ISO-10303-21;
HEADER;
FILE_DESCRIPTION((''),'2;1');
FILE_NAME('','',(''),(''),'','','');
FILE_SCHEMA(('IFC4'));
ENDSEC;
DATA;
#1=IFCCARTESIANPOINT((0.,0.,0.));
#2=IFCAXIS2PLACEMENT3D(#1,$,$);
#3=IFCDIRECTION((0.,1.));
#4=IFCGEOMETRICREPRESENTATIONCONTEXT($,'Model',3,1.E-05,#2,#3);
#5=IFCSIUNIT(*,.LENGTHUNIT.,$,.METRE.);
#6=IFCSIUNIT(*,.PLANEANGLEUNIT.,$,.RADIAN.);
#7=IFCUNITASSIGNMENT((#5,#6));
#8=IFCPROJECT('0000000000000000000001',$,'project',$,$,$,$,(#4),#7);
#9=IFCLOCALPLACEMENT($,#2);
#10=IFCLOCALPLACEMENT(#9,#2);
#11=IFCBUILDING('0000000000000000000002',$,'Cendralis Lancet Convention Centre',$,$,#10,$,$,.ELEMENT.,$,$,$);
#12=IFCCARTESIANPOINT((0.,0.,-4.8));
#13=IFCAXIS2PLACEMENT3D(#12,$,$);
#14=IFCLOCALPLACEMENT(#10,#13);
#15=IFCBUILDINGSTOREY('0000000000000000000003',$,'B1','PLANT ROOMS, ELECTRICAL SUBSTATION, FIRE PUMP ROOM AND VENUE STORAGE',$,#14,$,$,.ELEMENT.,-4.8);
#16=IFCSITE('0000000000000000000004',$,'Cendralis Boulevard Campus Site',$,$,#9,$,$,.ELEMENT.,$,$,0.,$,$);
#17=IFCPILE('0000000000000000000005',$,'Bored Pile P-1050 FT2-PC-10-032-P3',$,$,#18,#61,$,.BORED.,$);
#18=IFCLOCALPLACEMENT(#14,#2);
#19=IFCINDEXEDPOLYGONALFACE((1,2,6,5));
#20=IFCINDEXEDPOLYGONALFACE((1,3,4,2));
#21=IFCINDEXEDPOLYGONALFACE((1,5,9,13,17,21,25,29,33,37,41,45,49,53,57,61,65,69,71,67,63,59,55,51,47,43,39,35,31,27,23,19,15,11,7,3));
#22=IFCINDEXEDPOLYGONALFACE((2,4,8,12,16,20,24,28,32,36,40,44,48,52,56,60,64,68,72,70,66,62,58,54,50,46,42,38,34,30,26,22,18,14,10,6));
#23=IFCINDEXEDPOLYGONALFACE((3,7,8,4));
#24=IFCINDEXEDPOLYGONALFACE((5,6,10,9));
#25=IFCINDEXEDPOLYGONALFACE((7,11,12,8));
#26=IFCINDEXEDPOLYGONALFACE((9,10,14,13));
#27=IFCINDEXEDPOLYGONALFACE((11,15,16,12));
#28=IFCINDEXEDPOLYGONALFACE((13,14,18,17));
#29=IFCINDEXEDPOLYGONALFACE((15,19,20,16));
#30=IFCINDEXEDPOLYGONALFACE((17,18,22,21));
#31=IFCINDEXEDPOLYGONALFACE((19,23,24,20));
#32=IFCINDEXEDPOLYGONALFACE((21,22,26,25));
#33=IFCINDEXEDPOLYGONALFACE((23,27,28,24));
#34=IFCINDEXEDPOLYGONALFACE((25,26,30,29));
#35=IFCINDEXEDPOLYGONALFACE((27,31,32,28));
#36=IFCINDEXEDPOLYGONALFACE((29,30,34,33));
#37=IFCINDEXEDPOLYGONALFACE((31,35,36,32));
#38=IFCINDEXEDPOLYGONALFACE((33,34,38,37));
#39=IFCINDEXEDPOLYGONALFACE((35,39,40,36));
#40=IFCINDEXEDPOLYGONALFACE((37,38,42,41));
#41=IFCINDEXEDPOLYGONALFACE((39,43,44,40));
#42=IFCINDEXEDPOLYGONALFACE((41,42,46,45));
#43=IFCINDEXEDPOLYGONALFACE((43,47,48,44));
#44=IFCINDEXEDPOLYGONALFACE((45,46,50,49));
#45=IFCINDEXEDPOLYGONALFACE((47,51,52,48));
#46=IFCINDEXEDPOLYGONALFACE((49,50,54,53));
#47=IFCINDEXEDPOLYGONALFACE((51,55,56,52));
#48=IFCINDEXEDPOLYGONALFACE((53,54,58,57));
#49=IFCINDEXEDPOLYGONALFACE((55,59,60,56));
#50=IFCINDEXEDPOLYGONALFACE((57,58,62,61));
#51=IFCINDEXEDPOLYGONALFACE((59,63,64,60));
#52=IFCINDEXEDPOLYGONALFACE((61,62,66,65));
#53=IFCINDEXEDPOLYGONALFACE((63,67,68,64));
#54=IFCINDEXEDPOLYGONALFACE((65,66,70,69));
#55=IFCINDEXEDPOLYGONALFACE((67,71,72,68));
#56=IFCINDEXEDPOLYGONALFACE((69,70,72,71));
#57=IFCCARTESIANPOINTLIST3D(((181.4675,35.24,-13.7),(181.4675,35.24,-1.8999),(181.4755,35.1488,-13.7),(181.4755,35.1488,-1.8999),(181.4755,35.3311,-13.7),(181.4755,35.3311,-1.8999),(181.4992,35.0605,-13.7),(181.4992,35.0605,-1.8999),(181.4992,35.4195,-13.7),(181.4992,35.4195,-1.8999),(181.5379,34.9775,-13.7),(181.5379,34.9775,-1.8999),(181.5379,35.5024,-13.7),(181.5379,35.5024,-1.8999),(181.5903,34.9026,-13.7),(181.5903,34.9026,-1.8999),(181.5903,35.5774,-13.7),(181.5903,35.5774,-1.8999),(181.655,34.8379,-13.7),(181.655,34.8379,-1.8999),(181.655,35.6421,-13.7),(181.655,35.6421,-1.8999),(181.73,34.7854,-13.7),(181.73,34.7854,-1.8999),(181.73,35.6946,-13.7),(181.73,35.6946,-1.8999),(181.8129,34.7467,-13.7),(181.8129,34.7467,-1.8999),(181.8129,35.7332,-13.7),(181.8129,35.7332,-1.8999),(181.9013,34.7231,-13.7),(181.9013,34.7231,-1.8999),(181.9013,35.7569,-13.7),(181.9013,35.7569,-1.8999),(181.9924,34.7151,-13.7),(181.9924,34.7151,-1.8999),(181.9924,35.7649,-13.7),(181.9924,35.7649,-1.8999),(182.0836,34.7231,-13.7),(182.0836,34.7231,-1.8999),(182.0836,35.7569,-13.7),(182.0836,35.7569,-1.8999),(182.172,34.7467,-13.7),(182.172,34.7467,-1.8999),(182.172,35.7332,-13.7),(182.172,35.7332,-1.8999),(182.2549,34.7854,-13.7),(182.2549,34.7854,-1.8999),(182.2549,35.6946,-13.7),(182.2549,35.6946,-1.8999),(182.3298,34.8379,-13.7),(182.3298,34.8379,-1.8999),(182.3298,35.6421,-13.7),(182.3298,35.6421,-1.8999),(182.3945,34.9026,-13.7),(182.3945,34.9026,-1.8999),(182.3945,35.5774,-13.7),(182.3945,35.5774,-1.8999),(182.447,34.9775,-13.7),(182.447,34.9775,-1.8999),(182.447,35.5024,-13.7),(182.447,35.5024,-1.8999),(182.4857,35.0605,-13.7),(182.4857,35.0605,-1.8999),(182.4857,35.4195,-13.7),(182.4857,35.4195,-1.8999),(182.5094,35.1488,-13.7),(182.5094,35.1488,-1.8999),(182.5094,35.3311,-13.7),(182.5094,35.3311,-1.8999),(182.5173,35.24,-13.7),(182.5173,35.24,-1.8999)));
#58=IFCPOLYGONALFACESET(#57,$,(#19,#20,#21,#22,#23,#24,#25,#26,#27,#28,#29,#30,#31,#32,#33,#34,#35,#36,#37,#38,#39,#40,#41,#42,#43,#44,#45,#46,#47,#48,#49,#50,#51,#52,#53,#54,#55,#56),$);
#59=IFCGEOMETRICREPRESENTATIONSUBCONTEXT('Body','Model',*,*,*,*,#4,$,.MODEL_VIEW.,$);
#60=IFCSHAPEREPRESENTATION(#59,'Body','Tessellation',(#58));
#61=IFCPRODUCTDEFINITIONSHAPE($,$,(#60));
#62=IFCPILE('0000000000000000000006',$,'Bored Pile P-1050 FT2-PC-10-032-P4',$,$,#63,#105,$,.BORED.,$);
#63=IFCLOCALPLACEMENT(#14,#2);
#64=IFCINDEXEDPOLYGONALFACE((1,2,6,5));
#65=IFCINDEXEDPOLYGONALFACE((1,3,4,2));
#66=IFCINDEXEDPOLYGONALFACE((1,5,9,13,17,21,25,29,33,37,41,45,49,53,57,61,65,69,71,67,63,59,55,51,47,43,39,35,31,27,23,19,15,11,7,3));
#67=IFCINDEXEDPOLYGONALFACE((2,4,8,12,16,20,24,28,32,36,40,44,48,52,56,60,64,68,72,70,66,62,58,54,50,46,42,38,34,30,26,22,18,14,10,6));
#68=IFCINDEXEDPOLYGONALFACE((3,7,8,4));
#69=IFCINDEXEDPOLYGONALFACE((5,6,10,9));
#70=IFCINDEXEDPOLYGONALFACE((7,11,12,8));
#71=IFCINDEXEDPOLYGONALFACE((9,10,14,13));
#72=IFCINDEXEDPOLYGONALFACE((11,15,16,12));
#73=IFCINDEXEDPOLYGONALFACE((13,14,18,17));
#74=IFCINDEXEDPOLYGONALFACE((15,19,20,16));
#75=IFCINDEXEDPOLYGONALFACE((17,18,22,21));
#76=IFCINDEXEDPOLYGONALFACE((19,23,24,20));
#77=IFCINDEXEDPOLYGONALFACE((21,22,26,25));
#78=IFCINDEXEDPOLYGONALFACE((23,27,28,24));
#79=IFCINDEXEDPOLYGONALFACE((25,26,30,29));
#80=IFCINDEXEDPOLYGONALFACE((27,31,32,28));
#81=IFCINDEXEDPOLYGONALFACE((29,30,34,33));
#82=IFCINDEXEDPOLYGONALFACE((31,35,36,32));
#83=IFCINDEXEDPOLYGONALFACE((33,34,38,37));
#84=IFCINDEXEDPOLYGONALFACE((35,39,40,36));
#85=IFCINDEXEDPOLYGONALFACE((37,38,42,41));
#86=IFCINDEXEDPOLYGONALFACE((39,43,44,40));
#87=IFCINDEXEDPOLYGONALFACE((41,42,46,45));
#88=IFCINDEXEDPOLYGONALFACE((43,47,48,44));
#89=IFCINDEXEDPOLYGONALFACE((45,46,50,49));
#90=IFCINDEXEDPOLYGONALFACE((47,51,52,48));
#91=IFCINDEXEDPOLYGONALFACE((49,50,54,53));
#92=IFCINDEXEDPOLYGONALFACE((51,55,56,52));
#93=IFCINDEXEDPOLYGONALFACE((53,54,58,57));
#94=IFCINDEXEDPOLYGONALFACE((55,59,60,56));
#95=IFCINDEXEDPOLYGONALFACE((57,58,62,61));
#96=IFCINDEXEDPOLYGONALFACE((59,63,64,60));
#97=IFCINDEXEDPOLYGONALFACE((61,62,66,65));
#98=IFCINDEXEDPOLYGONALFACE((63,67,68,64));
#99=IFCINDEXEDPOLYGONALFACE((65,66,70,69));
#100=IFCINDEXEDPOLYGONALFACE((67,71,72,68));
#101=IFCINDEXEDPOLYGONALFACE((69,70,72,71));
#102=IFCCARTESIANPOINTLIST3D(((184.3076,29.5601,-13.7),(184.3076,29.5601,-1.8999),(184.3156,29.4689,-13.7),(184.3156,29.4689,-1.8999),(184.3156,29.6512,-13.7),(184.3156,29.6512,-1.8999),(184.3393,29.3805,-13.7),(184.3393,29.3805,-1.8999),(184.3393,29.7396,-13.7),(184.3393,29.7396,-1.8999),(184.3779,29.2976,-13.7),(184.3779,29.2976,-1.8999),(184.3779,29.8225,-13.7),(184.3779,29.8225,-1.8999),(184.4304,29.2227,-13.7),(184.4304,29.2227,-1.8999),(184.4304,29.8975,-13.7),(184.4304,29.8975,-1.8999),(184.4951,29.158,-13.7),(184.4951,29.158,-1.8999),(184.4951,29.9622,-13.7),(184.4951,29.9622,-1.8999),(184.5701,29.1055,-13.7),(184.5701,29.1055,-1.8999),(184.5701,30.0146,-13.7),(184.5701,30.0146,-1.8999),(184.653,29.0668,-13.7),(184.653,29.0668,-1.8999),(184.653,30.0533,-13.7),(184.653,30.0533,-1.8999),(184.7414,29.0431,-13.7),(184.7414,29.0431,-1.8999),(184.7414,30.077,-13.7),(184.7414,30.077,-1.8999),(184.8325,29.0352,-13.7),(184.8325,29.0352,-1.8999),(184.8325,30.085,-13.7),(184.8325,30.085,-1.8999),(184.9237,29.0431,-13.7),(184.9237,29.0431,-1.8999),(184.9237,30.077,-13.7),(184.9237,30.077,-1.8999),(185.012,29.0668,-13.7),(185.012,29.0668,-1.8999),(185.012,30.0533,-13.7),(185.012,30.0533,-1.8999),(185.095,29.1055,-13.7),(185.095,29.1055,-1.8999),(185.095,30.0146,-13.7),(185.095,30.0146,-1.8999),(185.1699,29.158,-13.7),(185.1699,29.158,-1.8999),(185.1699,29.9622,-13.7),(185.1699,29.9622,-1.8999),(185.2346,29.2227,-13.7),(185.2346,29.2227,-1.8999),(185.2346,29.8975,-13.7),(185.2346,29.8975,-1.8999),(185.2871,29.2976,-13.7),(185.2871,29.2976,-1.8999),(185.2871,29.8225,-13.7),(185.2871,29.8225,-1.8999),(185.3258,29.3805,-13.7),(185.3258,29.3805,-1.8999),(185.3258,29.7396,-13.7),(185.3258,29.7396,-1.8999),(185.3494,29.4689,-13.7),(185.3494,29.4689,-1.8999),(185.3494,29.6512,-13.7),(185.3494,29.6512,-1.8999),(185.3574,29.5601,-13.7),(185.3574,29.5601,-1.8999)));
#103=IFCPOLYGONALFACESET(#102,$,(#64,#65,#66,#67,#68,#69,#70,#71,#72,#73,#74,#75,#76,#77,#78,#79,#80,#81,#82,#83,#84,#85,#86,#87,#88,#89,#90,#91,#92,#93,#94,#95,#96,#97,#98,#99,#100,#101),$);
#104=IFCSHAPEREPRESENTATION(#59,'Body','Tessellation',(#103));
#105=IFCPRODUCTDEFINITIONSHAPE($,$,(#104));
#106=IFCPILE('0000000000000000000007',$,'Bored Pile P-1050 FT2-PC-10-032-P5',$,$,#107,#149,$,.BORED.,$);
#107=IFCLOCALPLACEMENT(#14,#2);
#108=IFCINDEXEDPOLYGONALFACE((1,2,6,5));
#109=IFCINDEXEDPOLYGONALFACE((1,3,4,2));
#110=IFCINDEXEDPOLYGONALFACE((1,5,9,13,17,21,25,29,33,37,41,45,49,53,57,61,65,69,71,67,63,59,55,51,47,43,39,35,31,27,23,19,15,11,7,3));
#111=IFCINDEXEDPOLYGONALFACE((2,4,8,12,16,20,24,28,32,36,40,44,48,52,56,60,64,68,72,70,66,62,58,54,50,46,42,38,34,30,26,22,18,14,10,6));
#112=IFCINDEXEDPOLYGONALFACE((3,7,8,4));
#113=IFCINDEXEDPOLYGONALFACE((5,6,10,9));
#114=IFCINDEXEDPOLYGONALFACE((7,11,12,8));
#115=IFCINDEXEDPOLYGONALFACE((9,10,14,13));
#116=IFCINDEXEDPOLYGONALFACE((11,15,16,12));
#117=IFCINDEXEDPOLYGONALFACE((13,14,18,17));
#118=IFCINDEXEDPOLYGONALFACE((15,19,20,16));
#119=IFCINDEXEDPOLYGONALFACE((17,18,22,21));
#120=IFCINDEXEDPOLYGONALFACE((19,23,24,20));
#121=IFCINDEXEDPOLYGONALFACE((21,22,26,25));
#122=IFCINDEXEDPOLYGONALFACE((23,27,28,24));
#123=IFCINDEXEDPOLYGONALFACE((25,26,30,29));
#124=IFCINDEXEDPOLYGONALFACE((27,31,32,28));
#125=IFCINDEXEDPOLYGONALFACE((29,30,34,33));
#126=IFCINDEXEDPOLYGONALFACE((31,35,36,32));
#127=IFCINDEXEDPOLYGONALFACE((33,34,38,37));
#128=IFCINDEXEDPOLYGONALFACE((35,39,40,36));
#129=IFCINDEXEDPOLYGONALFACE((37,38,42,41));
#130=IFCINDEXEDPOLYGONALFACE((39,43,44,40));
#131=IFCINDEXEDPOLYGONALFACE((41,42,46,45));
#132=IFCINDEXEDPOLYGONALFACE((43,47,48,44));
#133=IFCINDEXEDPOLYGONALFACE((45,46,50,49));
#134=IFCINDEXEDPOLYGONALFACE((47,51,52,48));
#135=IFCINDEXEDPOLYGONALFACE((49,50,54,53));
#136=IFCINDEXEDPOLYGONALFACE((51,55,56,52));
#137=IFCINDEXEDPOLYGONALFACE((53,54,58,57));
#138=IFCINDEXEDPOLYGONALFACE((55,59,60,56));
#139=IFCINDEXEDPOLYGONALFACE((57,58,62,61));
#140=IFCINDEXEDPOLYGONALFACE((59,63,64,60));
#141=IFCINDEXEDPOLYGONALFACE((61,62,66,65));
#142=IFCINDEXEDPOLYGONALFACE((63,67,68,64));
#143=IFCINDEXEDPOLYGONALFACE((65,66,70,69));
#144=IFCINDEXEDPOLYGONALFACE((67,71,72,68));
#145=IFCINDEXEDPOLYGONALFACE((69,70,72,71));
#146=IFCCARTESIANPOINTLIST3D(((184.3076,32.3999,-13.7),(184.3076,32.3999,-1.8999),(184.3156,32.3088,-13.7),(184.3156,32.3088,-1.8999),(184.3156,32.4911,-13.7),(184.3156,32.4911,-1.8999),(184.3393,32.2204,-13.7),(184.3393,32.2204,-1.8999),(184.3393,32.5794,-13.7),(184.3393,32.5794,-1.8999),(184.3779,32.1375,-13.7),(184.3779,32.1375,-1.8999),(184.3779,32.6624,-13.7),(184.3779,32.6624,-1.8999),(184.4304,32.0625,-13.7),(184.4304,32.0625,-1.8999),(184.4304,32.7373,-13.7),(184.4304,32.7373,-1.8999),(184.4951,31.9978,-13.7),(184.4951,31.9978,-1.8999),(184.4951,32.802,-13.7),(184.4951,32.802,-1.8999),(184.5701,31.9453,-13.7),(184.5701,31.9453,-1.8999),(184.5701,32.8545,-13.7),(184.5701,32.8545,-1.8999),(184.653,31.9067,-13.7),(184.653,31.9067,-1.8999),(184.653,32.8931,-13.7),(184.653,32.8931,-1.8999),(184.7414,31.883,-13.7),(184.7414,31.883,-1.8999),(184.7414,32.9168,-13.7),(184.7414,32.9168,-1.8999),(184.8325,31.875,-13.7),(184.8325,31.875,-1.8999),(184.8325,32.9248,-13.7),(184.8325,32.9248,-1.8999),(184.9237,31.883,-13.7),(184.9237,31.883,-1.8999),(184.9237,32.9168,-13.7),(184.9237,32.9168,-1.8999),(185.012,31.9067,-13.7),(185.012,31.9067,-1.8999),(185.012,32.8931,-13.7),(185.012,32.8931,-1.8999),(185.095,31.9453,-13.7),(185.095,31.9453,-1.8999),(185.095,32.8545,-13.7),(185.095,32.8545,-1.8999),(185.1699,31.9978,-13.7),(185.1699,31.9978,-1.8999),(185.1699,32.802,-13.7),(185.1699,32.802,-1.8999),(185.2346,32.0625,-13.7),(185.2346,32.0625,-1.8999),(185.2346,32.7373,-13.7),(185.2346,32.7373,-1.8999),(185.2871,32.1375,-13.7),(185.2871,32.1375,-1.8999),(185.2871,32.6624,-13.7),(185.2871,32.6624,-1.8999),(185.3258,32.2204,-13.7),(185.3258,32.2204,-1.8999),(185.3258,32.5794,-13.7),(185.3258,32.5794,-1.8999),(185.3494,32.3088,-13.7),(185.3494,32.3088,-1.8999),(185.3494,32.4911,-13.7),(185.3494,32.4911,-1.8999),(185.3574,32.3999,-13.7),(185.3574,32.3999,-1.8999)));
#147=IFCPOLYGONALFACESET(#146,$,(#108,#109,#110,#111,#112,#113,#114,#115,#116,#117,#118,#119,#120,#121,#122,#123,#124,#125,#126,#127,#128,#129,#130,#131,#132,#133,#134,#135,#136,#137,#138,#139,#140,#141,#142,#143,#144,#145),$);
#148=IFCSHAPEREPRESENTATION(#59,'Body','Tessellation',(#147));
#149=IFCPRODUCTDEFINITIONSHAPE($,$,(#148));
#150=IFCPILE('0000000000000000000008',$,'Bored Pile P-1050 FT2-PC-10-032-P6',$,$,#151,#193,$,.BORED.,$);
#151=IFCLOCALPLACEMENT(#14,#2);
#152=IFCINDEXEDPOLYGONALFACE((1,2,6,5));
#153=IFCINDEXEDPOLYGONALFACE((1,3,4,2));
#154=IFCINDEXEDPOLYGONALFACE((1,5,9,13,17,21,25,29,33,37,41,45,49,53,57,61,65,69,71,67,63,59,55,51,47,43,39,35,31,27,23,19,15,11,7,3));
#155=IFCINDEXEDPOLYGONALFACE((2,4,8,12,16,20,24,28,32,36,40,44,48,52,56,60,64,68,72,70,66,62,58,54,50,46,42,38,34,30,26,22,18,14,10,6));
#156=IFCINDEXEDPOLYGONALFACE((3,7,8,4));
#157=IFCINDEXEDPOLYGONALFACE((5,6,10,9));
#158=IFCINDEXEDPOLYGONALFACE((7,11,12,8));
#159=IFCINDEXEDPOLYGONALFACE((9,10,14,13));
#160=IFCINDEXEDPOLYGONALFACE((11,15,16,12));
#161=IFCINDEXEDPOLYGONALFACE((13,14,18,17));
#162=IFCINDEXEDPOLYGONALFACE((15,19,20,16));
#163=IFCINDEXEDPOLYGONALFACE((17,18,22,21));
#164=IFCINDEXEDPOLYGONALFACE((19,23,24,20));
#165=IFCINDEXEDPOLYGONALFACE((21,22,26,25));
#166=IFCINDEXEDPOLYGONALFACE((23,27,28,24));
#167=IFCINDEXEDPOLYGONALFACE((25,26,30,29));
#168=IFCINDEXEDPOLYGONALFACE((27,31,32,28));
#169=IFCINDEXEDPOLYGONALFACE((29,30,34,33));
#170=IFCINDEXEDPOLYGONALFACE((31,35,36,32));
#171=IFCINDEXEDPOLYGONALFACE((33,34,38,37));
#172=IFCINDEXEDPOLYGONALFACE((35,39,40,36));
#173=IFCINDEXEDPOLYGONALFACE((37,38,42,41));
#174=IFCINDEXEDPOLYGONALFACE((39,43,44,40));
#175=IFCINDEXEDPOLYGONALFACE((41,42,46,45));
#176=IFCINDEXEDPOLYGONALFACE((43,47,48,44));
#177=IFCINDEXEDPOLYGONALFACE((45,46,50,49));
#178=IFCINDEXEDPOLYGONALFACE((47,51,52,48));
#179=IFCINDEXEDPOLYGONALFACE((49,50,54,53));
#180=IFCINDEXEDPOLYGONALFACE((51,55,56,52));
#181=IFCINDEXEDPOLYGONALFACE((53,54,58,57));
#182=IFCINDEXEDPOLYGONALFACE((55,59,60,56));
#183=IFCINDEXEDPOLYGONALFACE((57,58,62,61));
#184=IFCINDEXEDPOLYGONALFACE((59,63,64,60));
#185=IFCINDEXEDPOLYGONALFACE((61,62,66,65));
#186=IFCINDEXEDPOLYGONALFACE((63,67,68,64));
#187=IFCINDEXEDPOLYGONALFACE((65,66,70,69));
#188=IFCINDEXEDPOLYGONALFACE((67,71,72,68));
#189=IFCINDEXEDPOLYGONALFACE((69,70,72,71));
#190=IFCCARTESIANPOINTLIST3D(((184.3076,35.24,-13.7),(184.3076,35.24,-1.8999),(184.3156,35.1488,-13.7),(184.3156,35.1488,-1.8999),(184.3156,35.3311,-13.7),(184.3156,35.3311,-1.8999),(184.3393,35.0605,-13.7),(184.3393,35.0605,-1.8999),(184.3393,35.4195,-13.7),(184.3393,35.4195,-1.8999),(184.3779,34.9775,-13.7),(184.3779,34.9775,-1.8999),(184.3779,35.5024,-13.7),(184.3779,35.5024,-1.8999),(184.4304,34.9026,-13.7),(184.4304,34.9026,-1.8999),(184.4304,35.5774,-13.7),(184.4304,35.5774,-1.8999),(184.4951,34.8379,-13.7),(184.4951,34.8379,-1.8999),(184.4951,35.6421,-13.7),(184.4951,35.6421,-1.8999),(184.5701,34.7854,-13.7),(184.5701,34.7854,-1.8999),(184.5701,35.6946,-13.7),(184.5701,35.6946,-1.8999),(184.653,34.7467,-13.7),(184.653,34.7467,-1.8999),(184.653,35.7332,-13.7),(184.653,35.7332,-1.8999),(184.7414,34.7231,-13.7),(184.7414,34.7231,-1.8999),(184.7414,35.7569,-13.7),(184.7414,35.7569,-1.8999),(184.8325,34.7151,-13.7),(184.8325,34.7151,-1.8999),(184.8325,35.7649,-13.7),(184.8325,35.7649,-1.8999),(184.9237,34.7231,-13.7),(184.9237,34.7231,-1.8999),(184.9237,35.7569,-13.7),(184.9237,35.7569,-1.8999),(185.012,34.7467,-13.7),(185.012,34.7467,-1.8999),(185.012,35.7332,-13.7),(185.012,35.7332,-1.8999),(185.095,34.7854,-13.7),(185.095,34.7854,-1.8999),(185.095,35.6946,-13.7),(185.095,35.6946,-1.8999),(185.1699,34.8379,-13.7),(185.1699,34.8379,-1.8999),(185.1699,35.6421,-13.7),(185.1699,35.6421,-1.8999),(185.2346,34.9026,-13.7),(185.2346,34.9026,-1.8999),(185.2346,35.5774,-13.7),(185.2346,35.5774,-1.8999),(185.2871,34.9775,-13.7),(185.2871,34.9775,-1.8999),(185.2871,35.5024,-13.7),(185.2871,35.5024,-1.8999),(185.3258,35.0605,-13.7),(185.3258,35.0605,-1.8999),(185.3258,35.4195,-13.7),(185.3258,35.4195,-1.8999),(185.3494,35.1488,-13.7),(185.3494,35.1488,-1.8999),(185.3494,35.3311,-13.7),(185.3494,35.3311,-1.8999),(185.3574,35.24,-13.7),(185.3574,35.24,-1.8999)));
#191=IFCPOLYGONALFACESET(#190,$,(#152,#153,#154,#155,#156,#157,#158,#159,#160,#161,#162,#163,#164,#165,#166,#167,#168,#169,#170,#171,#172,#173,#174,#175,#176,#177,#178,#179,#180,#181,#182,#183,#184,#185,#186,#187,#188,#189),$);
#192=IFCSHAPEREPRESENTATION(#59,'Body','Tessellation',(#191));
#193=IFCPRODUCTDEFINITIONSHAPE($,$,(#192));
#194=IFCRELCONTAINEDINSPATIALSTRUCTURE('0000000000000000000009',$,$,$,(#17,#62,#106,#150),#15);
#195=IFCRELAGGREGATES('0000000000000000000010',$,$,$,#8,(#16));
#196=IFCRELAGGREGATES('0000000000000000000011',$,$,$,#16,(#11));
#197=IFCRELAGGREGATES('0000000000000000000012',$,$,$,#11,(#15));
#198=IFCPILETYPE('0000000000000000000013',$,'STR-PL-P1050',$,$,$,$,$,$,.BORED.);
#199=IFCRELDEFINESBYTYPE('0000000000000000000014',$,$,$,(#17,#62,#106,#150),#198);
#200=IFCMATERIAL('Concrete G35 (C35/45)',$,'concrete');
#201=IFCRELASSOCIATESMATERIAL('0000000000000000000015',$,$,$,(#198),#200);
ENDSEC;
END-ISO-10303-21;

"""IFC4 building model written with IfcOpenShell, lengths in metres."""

from ifc_helpers import new_model, si_unit, direction, frame, origin, origin_2d, place, context, subcontext, project, spatial, circle, extrude, material, material_profile, profile_set, type_object, element, save


model = new_model("IFC4")

# Units and contexts
model_context = context("Model", 3, precision=1e-05, world=origin(), true_north=direction((0.0, 1.0)))
body_context = subcontext(model_context, "Body", "Model", "MODEL_VIEW")
ifc_project = project(units=[si_unit("LENGTHUNIT", "METRE"), si_unit("PLANEANGLEUNIT", "RADIAN")], contexts=[model_context])

# Site, building, storey
site_placement = place(None, origin())
site = spatial("IfcSite", under=ifc_project, at=site_placement, Name="Cendralis Boulevard Campus Site", CompositionType="ELEMENT", RefElevation=0.0)
building_placement = place(site_placement, origin())
building = spatial("IfcBuilding", under=site, at=building_placement, Name="Cendralis Lancet Convention Centre", CompositionType="ELEMENT")
storey_placement = place(building_placement, frame((0.0, 0.0, -4.8)))
storey = spatial("IfcBuildingStorey", under=building, at=storey_placement, Name="B1", Description="PLANT ROOMS, ELECTRICAL SUBSTATION, FIRE PUMP ROOM AND VENUE STORAGE", CompositionType="ELEMENT", Elevation=-4.8)

# Shared definitions
ifc_material_1 = material(Name="Concrete G35 (C35/45)", Category="concrete")

# Piles
ifc_material_profile_1 = material_profile(ifc_material_1, circle(Radius=0.5249, at=origin_2d()), Name="BORED PILE D1050")
ifc_profile_set_1 = profile_set([ifc_material_profile_1], Name="Concrete G35 (C35/45)")
pile_type = type_object("IfcPileType", Name="STR-PL-P1050", PredefinedType="BORED", material=ifc_profile_set_1)
for number, where, z_axis, x_axis, name in (
    (1, (181.9924, 35.24, -1.8999), (0.0, 0.0, -1.0), (1.0, 0.0, 0.0), "Bored Pile P-1050 FT2-PC-10-032-P3"),
    (2, (184.8325, 29.5601, -1.8999), (0.0, 0.0, -1.0), (1.0, 0.0, 0.0), "Bored Pile P-1050 FT2-PC-10-032-P4"),
    (3, (184.8325, 32.3999, -1.8999), (0.0, 0.0, -1.0), (1.0, 0.0, 0.0), "Bored Pile P-1050 FT2-PC-10-032-P5"),
    (4, (184.8325, 35.24, -1.8999), (0.0, 0.0, -1.0), (1.0, 0.0, 0.0), "Bored Pile P-1050 FT2-PC-10-032-P6"),
):
    element("IfcPile", number, at=place(storey_placement, frame(where, z_axis=z_axis, x_axis=x_axis)), inside=storey, type_object=pile_type, Name=name, PredefinedType="BORED", context=body_context, shape_type="SweptSolid", body=[
        extrude(circle(Radius=0.5249, at=origin_2d()), origin(), (0.0, 0.0, 1.0), 11.8),
    ])

save(model, "model.ifc")
